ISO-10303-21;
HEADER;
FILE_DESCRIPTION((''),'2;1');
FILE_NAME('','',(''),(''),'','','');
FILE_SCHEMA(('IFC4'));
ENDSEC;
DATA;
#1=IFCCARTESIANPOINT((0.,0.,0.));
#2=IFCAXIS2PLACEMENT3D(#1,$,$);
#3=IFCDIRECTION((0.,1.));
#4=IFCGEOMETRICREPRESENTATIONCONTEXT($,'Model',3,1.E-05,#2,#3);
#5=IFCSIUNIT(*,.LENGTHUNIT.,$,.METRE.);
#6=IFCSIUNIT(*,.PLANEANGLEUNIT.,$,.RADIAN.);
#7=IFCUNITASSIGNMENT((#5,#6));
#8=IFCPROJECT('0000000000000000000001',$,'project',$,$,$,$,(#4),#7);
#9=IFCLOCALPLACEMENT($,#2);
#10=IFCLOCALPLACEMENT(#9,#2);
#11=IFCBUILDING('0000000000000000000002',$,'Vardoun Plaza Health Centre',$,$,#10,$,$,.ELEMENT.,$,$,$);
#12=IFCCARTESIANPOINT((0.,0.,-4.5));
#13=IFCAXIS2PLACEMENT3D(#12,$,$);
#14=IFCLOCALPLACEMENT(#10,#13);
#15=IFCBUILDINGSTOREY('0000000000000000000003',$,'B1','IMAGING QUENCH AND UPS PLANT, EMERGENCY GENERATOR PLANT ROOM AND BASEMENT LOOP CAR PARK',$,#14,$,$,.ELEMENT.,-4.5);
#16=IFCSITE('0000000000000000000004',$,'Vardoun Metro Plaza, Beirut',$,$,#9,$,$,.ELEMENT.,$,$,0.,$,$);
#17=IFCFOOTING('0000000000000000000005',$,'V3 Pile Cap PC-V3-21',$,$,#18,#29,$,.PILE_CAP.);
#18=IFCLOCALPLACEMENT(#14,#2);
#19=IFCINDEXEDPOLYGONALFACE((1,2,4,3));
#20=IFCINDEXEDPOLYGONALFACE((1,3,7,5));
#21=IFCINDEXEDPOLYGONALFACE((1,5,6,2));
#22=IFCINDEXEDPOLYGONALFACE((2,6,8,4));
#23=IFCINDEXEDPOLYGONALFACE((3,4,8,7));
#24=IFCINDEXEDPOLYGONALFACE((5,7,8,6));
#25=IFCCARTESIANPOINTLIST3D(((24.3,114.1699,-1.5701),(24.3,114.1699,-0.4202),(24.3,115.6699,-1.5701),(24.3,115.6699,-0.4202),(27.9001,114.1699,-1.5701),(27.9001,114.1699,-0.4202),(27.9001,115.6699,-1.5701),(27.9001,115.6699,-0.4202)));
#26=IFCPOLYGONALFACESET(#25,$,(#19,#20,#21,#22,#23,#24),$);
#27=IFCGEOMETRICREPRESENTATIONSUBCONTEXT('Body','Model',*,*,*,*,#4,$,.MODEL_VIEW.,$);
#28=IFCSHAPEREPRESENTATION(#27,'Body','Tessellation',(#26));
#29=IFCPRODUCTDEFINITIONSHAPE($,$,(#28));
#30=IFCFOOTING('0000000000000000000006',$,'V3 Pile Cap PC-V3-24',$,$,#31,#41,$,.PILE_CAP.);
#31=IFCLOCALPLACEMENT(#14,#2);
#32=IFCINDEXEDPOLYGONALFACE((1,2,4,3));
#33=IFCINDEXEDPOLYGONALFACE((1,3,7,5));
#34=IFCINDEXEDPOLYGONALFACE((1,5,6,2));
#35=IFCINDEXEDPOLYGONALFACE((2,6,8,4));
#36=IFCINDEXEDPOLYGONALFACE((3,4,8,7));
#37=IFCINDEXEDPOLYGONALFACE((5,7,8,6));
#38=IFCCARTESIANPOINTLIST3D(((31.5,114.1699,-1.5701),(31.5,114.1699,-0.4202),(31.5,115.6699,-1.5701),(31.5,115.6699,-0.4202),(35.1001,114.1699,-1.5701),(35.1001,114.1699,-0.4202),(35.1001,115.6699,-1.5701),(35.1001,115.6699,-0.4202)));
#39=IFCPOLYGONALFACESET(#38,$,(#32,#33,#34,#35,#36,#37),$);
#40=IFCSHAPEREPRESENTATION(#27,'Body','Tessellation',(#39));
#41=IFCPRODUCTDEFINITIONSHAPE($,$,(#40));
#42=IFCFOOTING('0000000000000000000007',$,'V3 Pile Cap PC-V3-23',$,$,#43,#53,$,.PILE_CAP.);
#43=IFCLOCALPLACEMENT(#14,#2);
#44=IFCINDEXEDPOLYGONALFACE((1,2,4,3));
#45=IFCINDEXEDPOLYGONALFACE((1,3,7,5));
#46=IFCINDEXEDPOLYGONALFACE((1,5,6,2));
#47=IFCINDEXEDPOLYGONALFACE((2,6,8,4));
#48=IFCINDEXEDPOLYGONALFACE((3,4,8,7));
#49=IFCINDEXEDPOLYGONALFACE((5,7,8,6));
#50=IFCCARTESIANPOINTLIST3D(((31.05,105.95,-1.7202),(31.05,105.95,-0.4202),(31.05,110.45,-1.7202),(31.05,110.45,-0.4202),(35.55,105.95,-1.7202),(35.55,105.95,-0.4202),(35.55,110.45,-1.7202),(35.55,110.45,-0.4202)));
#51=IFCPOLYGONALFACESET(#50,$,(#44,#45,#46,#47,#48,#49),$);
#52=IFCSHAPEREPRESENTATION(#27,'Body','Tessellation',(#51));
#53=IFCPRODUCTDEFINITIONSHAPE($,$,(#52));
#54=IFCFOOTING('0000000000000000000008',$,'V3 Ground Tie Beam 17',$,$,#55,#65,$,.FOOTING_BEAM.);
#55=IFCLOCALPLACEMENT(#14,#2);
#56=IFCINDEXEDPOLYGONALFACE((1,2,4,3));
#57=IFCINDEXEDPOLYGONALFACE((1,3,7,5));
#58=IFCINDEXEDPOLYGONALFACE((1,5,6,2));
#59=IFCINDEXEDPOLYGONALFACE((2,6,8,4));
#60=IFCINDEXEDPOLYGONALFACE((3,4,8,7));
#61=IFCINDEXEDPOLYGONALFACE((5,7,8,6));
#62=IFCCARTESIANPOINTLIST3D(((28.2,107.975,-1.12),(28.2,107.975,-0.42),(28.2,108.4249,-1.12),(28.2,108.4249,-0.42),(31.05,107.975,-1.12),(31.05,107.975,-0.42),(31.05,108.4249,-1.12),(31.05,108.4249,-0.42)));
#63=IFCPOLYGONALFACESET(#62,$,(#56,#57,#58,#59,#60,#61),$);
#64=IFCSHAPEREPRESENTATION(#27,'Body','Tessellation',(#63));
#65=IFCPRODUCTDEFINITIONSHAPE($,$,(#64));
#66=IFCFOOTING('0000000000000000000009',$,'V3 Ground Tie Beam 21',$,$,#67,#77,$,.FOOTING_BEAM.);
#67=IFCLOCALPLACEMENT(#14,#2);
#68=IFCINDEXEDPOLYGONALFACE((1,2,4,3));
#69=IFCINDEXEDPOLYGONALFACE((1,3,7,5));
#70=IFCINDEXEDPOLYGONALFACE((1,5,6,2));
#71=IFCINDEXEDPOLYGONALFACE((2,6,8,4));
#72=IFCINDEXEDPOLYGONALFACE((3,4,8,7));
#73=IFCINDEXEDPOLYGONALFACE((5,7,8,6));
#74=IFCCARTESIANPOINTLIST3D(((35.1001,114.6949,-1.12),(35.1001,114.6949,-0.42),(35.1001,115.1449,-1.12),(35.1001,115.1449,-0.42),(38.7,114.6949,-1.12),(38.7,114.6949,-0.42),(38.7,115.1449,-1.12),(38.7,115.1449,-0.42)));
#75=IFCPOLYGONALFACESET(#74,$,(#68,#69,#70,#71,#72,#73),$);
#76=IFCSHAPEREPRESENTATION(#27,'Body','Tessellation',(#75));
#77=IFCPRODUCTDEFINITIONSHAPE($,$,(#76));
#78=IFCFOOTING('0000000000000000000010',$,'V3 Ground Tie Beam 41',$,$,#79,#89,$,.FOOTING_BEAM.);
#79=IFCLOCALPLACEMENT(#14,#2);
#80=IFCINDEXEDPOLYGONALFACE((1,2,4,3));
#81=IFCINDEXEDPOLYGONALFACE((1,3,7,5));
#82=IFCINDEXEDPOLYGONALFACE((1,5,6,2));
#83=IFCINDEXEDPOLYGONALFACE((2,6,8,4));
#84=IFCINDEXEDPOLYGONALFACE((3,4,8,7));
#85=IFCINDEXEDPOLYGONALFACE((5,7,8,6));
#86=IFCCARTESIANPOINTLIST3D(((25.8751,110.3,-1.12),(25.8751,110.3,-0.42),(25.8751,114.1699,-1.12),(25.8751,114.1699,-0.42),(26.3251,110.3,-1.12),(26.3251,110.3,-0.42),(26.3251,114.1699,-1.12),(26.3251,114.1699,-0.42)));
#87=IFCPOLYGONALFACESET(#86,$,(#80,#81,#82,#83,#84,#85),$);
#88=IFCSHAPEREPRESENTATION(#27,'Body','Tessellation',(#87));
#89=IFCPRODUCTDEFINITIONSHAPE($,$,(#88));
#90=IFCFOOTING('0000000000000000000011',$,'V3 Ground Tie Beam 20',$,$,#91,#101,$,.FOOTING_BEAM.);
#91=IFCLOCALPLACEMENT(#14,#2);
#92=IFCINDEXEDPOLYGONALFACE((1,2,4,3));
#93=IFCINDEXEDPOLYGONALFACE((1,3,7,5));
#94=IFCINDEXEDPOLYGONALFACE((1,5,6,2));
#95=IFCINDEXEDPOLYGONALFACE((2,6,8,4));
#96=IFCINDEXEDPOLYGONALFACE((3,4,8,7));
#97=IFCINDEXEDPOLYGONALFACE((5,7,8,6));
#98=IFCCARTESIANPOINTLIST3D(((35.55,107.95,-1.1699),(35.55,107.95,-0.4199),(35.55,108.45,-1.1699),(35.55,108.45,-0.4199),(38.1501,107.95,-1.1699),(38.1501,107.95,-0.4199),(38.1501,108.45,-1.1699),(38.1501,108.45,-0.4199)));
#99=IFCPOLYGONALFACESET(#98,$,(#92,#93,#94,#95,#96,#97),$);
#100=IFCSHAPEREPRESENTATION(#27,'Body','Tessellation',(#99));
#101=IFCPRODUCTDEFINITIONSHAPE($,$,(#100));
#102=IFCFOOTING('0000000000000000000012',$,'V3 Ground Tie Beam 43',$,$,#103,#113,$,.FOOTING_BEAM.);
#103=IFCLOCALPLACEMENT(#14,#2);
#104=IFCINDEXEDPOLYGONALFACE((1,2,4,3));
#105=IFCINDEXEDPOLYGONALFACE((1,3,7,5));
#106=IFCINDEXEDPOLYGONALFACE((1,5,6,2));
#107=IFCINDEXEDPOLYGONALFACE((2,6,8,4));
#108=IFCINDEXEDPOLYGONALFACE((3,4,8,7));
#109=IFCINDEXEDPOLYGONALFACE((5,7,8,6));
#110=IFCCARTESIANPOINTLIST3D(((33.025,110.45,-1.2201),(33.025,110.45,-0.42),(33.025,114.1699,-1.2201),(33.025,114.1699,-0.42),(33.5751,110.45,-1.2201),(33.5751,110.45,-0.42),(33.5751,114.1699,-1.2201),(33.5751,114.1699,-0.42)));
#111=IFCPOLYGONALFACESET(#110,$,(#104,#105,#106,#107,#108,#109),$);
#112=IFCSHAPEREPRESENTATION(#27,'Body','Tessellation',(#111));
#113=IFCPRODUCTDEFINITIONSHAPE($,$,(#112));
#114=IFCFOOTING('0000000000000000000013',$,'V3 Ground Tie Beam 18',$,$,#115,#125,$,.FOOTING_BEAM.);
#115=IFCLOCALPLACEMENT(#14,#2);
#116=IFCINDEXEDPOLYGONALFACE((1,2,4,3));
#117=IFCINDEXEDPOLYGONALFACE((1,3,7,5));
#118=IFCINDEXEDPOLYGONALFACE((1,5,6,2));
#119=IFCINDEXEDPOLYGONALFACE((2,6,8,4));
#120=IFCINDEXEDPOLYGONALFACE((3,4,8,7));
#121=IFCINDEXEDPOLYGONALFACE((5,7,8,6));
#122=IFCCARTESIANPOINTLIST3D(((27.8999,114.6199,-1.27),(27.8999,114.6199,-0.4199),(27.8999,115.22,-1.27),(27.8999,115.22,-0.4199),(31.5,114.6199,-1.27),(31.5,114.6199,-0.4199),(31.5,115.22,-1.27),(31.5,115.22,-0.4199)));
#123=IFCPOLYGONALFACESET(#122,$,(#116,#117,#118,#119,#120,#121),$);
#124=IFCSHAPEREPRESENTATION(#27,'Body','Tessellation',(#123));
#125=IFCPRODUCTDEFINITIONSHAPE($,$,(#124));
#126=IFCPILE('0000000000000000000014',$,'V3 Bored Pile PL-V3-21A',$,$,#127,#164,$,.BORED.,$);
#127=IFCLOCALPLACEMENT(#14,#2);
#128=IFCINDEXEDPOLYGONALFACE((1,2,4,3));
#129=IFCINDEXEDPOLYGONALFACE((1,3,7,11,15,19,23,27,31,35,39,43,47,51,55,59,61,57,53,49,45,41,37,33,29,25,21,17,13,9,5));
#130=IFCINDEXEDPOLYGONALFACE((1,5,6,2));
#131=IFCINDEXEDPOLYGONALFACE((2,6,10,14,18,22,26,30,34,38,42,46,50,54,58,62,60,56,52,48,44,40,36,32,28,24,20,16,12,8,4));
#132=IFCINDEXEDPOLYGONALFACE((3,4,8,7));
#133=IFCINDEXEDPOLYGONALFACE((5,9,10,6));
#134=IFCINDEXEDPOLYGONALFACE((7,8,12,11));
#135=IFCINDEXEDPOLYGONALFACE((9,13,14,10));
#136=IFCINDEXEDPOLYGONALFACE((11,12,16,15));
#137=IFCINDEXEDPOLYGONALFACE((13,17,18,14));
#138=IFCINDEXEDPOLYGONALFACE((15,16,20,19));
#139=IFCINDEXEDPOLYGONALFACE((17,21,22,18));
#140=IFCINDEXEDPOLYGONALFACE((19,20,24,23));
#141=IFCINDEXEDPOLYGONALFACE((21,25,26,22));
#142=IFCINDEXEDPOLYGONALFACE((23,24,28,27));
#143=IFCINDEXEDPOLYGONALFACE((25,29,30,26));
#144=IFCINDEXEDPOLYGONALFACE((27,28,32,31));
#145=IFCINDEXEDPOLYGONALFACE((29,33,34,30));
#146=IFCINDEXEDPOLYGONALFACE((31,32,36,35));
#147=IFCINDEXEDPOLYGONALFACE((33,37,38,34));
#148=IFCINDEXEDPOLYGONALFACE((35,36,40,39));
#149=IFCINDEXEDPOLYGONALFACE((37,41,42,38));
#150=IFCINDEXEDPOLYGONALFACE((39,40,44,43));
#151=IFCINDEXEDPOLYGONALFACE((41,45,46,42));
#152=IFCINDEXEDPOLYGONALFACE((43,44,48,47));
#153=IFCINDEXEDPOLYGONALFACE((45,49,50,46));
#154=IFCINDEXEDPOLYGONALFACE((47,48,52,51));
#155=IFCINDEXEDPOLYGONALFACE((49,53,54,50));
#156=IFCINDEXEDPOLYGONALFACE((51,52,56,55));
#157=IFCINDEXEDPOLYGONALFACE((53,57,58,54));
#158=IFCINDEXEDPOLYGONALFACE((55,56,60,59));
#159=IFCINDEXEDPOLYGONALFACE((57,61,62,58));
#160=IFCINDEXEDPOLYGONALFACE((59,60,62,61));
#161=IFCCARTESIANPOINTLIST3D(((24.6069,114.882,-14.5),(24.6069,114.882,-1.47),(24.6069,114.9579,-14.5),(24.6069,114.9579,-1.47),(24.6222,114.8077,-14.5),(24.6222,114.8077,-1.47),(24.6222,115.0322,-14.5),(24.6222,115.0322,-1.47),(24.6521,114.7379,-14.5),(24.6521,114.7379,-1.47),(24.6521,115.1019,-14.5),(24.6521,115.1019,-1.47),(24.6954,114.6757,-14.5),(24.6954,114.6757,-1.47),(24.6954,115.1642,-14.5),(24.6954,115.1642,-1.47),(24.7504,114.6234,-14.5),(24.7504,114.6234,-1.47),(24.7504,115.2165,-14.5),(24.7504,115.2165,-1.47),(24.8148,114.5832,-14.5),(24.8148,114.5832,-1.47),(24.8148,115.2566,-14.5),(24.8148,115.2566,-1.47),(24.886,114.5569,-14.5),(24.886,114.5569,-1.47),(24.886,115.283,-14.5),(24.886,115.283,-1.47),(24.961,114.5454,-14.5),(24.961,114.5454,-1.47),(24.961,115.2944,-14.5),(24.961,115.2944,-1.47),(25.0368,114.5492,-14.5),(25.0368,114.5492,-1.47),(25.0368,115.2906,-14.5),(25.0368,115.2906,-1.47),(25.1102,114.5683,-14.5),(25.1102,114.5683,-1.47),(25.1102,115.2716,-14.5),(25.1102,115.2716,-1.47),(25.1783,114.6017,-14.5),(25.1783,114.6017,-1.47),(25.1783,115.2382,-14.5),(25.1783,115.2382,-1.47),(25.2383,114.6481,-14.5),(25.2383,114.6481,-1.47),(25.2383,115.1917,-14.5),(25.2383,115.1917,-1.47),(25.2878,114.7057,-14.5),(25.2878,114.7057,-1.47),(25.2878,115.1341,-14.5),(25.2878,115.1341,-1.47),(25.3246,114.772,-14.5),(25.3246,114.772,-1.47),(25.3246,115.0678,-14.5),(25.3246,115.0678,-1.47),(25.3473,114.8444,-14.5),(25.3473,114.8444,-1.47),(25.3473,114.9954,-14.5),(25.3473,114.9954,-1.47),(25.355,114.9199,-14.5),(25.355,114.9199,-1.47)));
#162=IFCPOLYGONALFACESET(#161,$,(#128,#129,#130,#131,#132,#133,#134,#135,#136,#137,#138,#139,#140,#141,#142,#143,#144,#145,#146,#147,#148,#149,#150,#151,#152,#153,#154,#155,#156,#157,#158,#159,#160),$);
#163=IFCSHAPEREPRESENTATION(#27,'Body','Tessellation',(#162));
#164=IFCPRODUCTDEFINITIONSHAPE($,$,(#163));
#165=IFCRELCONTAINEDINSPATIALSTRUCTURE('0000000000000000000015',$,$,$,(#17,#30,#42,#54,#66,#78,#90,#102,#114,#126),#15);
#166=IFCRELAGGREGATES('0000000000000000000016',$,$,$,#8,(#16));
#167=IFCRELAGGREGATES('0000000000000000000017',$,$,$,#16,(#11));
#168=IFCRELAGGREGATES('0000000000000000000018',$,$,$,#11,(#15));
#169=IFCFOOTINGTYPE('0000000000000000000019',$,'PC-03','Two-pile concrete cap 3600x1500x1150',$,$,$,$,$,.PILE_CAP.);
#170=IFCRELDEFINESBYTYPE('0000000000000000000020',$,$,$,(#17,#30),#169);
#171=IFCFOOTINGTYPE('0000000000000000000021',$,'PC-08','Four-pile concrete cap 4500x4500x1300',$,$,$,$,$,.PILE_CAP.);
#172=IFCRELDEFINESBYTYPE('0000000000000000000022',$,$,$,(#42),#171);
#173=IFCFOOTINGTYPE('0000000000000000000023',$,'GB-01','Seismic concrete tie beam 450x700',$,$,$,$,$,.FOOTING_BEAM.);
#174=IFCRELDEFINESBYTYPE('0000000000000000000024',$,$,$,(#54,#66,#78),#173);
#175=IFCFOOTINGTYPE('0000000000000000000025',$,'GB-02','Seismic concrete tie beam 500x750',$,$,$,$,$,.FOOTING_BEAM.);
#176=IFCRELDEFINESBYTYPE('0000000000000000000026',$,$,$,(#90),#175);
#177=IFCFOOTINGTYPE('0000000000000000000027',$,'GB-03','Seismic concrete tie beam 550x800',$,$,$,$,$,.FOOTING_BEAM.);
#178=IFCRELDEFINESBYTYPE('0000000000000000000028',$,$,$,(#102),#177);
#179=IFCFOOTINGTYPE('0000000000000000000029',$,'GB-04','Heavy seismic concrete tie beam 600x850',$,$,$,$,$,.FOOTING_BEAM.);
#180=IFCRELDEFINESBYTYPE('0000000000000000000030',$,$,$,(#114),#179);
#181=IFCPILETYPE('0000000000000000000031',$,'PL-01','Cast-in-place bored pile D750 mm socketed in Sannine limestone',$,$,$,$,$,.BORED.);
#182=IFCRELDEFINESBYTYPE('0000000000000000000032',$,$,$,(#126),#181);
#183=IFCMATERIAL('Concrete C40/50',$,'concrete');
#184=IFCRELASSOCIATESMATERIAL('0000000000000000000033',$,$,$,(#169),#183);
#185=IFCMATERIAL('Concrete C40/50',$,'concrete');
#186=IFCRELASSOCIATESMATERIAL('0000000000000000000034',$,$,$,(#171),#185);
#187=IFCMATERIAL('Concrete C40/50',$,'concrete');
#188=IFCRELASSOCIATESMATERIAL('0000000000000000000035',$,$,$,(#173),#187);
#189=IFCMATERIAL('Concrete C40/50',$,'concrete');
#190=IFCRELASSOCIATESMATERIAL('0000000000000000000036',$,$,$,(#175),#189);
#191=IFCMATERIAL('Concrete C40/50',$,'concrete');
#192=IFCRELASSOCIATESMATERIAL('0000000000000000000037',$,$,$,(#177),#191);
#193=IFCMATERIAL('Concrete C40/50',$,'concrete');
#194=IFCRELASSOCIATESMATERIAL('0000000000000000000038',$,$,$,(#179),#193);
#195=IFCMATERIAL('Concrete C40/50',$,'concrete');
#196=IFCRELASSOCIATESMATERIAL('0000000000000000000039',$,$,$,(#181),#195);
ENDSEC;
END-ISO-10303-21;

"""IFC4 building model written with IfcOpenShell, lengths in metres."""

from ifc_helpers import new_model, si_unit, direction, frame, origin, origin_2d, place, context, subcontext, project, spatial, rectangle, circle, extrude, material, material_profile, profile_set, type_object, element, save


model = new_model("IFC4")

# Units and contexts
model_context = context("Model", 3, precision=1e-05, world=origin(), true_north=direction((0.0, 1.0)))
body_context = subcontext(model_context, "Body", "Model", "MODEL_VIEW")
ifc_project = project(units=[si_unit("LENGTHUNIT", "METRE"), si_unit("PLANEANGLEUNIT", "RADIAN")], contexts=[model_context])

# Site, building, storey
site_placement = place(None, origin())
site = spatial("IfcSite", under=ifc_project, at=site_placement, Name="Vardoun Metro Plaza, Beirut", CompositionType="ELEMENT", RefElevation=0.0)
building_placement = place(site_placement, origin())
building = spatial("IfcBuilding", under=site, at=building_placement, Name="Vardoun Plaza Health Centre", CompositionType="ELEMENT")
storey_placement = place(building_placement, frame((0.0, 0.0, -4.5)))
storey = spatial("IfcBuildingStorey", under=building, at=storey_placement, Name="B1", Description="IMAGING QUENCH AND UPS PLANT, EMERGENCY GENERATOR PLANT ROOM AND BASEMENT LOOP CAR PARK", CompositionType="ELEMENT", Elevation=-4.5)

# Footings
ifc_material_1 = material(Name="Concrete C40/50", Category="concrete")
footing_type_1 = type_object("IfcFootingType", Name="PC-03", Description="Two-pile concrete cap 3600x1500x1150", PredefinedType="PILE_CAP", material=ifc_material_1)
for number, where, z_axis, x_axis, name in (
    (1, (26.1001, 114.9199, -1.5701), (0.0, 0.0, 1.0), (1.0, 0.0, 0.0), "V3 Pile Cap PC-V3-21"),
    (2, (33.3, 114.9199, -1.5701), (0.0, 0.0, 1.0), (1.0, 0.0, 0.0), "V3 Pile Cap PC-V3-24"),
):
    element("IfcFooting", number, at=place(storey_placement, frame(where, z_axis=z_axis, x_axis=x_axis)), inside=storey, type_object=footing_type_1, Name=name, PredefinedType="PILE_CAP", context=body_context, shape_type="SweptSolid", body=[
        extrude(rectangle(XDim=3.6001, YDim=1.5, at=origin_2d()), origin(), (0.0, 0.0, 1.0), 1.1499),
    ])
ifc_material_2 = material(Name="Concrete C40/50", Category="concrete")
footing_type_2 = type_object("IfcFootingType", Name="PC-08", Description="Four-pile concrete cap 4500x4500x1300", PredefinedType="PILE_CAP", material=ifc_material_2)
footing_1_placement = place(storey_placement, frame((33.3, 108.2, -1.7202), z_axis=(0.0, 0.0, 1.0), x_axis=(1.0, 0.0, 0.0)))
element("IfcFooting", 3, at=footing_1_placement, inside=storey, type_object=footing_type_2, Name="V3 Pile Cap PC-V3-23", PredefinedType="PILE_CAP", context=body_context, shape_type="SweptSolid", body=[
    extrude(rectangle(XDim=4.5, YDim=4.5, at=origin_2d()), origin(), (0.0, 0.0, 1.0), 1.3),
])
ifc_material_3 = material(Name="Concrete C40/50", Category="concrete")
ifc_material_profile_1 = material_profile(ifc_material_3, rectangle(XDim=0.45, YDim=0.7, at=origin_2d()), Name="GB 450x700")
ifc_profile_set_1 = profile_set([ifc_material_profile_1], Name="Concrete C40/50")
footing_type_3 = type_object("IfcFootingType", Name="GB-01", Description="Seismic concrete tie beam 450x700", PredefinedType="FOOTING_BEAM", material=ifc_profile_set_1)
footing_2_placement = place(storey_placement, frame((28.2, 108.2, -0.77), z_axis=(1.0, 0.0, 0.0), x_axis=(0.0, 1.0, 0.0)))
element("IfcFooting", 4, at=footing_2_placement, inside=storey, type_object=footing_type_3, Name="V3 Ground Tie Beam 17", PredefinedType="FOOTING_BEAM", context=body_context, shape_type="SweptSolid", body=[
    extrude(rectangle(XDim=0.45, YDim=0.7, at=origin_2d()), origin(), (0.0, 0.0, 1.0), 2.8501),
])
footing_3_placement = place(storey_placement, frame((35.1001, 114.9199, -0.77), z_axis=(1.0, 0.0, 0.0), x_axis=(0.0, 1.0, 0.0)))
element("IfcFooting", 5, at=footing_3_placement, inside=storey, type_object=footing_type_3, Name="V3 Ground Tie Beam 21", PredefinedType="FOOTING_BEAM", context=body_context, shape_type="SweptSolid", body=[
    extrude(rectangle(XDim=0.45, YDim=0.7, at=origin_2d()), origin(), (0.0, 0.0, 1.0), 3.5999),
])
footing_4_placement = place(storey_placement, frame((26.1001, 110.3, -0.77), z_axis=(0.0, 1.0, 0.0), x_axis=(-1.0, 0.0, 0.0)))
element("IfcFooting", 6, at=footing_4_placement, inside=storey, type_object=footing_type_3, Name="V3 Ground Tie Beam 41", PredefinedType="FOOTING_BEAM", context=body_context, shape_type="SweptSolid", body=[
    extrude(rectangle(XDim=0.45, YDim=0.7, at=origin_2d()), origin(), (0.0, 0.0, 1.0), 3.8699),
])
ifc_material_4 = material(Name="Concrete C40/50", Category="concrete")
ifc_material_profile_2 = material_profile(ifc_material_4, rectangle(XDim=0.5, YDim=0.75, at=origin_2d()), Name="GB 500x750")
ifc_profile_set_2 = profile_set([ifc_material_profile_2], Name="Concrete C40/50")
footing_type_4 = type_object("IfcFootingType", Name="GB-02", Description="Seismic concrete tie beam 500x750", PredefinedType="FOOTING_BEAM", material=ifc_profile_set_2)
footing_5_placement = place(storey_placement, frame((35.55, 108.2, -0.7949), z_axis=(1.0, 0.0, 0.0), x_axis=(0.0, 1.0, 0.0)))
element("IfcFooting", 7, at=footing_5_placement, inside=storey, type_object=footing_type_4, Name="V3 Ground Tie Beam 20", PredefinedType="FOOTING_BEAM", context=body_context, shape_type="SweptSolid", body=[
    extrude(rectangle(XDim=0.5, YDim=0.75, at=origin_2d()), origin(), (0.0, 0.0, 1.0), 2.6001),
])
ifc_material_5 = material(Name="Concrete C40/50", Category="concrete")
ifc_material_profile_3 = material_profile(ifc_material_5, rectangle(XDim=0.55, YDim=0.8, at=origin_2d()), Name="GB 550x800")
ifc_profile_set_3 = profile_set([ifc_material_profile_3], Name="Concrete C40/50")
footing_type_5 = type_object("IfcFootingType", Name="GB-03", Description="Seismic concrete tie beam 550x800", PredefinedType="FOOTING_BEAM", material=ifc_profile_set_3)
footing_6_placement = place(storey_placement, frame((33.3, 110.45, -0.8201), z_axis=(0.0, 1.0, 0.0), x_axis=(-1.0, 0.0, 0.0)))
element("IfcFooting", 8, at=footing_6_placement, inside=storey, type_object=footing_type_5, Name="V3 Ground Tie Beam 43", PredefinedType="FOOTING_BEAM", context=body_context, shape_type="SweptSolid", body=[
    extrude(rectangle(XDim=0.55, YDim=0.8, at=origin_2d()), origin(), (0.0, 0.0, 1.0), 3.72),
])
ifc_material_6 = material(Name="Concrete C40/50", Category="concrete")
ifc_material_profile_4 = material_profile(ifc_material_6, rectangle(XDim=0.6001, YDim=0.8501, at=origin_2d()), Name="GB 600x850")
ifc_profile_set_4 = profile_set([ifc_material_profile_4], Name="Concrete C40/50")
footing_type_6 = type_object("IfcFootingType", Name="GB-04", Description="Heavy seismic concrete tie beam 600x850", PredefinedType="FOOTING_BEAM", material=ifc_profile_set_4)
footing_7_placement = place(storey_placement, frame((27.8999, 114.9199, -0.845), z_axis=(1.0, 0.0, 0.0), x_axis=(0.0, 1.0, 0.0)))
element("IfcFooting", 9, at=footing_7_placement, inside=storey, type_object=footing_type_6, Name="V3 Ground Tie Beam 18", PredefinedType="FOOTING_BEAM", context=body_context, shape_type="SweptSolid", body=[
    extrude(rectangle(XDim=0.6001, YDim=0.8501, at=origin_2d()), origin(), (0.0, 0.0, 1.0), 3.6001),
])

# Pile
ifc_material_7 = material(Name="Concrete C40/50", Category="concrete")
ifc_material_profile_5 = material_profile(ifc_material_7, circle(Radius=0.375, at=origin_2d()), Name="PILE D750")
ifc_profile_set_5 = profile_set([ifc_material_profile_5], Name="Concrete C40/50")
pile_type_1 = type_object("IfcPileType", Name="PL-01", Description="Cast-in-place bored pile D750 mm socketed in Sannine limestone", PredefinedType="BORED", material=ifc_profile_set_5)
for number, where, z_axis, x_axis, name in (
    (10, (24.98, 114.9199, -1.47), (0.0, 0.0, -1.0), (1.0, 0.0, 0.0), "V3 Bored Pile PL-V3-21A"),
):
    element("IfcPile", number, at=place(storey_placement, frame(where, z_axis=z_axis, x_axis=x_axis)), inside=storey, type_object=pile_type_1, Name=name, PredefinedType="BORED", context=body_context, shape_type="SweptSolid", body=[
        extrude(circle(Radius=0.375, at=origin_2d()), origin(), (0.0, 0.0, 1.0), 13.03),
    ])

save(model, "model.ifc")
